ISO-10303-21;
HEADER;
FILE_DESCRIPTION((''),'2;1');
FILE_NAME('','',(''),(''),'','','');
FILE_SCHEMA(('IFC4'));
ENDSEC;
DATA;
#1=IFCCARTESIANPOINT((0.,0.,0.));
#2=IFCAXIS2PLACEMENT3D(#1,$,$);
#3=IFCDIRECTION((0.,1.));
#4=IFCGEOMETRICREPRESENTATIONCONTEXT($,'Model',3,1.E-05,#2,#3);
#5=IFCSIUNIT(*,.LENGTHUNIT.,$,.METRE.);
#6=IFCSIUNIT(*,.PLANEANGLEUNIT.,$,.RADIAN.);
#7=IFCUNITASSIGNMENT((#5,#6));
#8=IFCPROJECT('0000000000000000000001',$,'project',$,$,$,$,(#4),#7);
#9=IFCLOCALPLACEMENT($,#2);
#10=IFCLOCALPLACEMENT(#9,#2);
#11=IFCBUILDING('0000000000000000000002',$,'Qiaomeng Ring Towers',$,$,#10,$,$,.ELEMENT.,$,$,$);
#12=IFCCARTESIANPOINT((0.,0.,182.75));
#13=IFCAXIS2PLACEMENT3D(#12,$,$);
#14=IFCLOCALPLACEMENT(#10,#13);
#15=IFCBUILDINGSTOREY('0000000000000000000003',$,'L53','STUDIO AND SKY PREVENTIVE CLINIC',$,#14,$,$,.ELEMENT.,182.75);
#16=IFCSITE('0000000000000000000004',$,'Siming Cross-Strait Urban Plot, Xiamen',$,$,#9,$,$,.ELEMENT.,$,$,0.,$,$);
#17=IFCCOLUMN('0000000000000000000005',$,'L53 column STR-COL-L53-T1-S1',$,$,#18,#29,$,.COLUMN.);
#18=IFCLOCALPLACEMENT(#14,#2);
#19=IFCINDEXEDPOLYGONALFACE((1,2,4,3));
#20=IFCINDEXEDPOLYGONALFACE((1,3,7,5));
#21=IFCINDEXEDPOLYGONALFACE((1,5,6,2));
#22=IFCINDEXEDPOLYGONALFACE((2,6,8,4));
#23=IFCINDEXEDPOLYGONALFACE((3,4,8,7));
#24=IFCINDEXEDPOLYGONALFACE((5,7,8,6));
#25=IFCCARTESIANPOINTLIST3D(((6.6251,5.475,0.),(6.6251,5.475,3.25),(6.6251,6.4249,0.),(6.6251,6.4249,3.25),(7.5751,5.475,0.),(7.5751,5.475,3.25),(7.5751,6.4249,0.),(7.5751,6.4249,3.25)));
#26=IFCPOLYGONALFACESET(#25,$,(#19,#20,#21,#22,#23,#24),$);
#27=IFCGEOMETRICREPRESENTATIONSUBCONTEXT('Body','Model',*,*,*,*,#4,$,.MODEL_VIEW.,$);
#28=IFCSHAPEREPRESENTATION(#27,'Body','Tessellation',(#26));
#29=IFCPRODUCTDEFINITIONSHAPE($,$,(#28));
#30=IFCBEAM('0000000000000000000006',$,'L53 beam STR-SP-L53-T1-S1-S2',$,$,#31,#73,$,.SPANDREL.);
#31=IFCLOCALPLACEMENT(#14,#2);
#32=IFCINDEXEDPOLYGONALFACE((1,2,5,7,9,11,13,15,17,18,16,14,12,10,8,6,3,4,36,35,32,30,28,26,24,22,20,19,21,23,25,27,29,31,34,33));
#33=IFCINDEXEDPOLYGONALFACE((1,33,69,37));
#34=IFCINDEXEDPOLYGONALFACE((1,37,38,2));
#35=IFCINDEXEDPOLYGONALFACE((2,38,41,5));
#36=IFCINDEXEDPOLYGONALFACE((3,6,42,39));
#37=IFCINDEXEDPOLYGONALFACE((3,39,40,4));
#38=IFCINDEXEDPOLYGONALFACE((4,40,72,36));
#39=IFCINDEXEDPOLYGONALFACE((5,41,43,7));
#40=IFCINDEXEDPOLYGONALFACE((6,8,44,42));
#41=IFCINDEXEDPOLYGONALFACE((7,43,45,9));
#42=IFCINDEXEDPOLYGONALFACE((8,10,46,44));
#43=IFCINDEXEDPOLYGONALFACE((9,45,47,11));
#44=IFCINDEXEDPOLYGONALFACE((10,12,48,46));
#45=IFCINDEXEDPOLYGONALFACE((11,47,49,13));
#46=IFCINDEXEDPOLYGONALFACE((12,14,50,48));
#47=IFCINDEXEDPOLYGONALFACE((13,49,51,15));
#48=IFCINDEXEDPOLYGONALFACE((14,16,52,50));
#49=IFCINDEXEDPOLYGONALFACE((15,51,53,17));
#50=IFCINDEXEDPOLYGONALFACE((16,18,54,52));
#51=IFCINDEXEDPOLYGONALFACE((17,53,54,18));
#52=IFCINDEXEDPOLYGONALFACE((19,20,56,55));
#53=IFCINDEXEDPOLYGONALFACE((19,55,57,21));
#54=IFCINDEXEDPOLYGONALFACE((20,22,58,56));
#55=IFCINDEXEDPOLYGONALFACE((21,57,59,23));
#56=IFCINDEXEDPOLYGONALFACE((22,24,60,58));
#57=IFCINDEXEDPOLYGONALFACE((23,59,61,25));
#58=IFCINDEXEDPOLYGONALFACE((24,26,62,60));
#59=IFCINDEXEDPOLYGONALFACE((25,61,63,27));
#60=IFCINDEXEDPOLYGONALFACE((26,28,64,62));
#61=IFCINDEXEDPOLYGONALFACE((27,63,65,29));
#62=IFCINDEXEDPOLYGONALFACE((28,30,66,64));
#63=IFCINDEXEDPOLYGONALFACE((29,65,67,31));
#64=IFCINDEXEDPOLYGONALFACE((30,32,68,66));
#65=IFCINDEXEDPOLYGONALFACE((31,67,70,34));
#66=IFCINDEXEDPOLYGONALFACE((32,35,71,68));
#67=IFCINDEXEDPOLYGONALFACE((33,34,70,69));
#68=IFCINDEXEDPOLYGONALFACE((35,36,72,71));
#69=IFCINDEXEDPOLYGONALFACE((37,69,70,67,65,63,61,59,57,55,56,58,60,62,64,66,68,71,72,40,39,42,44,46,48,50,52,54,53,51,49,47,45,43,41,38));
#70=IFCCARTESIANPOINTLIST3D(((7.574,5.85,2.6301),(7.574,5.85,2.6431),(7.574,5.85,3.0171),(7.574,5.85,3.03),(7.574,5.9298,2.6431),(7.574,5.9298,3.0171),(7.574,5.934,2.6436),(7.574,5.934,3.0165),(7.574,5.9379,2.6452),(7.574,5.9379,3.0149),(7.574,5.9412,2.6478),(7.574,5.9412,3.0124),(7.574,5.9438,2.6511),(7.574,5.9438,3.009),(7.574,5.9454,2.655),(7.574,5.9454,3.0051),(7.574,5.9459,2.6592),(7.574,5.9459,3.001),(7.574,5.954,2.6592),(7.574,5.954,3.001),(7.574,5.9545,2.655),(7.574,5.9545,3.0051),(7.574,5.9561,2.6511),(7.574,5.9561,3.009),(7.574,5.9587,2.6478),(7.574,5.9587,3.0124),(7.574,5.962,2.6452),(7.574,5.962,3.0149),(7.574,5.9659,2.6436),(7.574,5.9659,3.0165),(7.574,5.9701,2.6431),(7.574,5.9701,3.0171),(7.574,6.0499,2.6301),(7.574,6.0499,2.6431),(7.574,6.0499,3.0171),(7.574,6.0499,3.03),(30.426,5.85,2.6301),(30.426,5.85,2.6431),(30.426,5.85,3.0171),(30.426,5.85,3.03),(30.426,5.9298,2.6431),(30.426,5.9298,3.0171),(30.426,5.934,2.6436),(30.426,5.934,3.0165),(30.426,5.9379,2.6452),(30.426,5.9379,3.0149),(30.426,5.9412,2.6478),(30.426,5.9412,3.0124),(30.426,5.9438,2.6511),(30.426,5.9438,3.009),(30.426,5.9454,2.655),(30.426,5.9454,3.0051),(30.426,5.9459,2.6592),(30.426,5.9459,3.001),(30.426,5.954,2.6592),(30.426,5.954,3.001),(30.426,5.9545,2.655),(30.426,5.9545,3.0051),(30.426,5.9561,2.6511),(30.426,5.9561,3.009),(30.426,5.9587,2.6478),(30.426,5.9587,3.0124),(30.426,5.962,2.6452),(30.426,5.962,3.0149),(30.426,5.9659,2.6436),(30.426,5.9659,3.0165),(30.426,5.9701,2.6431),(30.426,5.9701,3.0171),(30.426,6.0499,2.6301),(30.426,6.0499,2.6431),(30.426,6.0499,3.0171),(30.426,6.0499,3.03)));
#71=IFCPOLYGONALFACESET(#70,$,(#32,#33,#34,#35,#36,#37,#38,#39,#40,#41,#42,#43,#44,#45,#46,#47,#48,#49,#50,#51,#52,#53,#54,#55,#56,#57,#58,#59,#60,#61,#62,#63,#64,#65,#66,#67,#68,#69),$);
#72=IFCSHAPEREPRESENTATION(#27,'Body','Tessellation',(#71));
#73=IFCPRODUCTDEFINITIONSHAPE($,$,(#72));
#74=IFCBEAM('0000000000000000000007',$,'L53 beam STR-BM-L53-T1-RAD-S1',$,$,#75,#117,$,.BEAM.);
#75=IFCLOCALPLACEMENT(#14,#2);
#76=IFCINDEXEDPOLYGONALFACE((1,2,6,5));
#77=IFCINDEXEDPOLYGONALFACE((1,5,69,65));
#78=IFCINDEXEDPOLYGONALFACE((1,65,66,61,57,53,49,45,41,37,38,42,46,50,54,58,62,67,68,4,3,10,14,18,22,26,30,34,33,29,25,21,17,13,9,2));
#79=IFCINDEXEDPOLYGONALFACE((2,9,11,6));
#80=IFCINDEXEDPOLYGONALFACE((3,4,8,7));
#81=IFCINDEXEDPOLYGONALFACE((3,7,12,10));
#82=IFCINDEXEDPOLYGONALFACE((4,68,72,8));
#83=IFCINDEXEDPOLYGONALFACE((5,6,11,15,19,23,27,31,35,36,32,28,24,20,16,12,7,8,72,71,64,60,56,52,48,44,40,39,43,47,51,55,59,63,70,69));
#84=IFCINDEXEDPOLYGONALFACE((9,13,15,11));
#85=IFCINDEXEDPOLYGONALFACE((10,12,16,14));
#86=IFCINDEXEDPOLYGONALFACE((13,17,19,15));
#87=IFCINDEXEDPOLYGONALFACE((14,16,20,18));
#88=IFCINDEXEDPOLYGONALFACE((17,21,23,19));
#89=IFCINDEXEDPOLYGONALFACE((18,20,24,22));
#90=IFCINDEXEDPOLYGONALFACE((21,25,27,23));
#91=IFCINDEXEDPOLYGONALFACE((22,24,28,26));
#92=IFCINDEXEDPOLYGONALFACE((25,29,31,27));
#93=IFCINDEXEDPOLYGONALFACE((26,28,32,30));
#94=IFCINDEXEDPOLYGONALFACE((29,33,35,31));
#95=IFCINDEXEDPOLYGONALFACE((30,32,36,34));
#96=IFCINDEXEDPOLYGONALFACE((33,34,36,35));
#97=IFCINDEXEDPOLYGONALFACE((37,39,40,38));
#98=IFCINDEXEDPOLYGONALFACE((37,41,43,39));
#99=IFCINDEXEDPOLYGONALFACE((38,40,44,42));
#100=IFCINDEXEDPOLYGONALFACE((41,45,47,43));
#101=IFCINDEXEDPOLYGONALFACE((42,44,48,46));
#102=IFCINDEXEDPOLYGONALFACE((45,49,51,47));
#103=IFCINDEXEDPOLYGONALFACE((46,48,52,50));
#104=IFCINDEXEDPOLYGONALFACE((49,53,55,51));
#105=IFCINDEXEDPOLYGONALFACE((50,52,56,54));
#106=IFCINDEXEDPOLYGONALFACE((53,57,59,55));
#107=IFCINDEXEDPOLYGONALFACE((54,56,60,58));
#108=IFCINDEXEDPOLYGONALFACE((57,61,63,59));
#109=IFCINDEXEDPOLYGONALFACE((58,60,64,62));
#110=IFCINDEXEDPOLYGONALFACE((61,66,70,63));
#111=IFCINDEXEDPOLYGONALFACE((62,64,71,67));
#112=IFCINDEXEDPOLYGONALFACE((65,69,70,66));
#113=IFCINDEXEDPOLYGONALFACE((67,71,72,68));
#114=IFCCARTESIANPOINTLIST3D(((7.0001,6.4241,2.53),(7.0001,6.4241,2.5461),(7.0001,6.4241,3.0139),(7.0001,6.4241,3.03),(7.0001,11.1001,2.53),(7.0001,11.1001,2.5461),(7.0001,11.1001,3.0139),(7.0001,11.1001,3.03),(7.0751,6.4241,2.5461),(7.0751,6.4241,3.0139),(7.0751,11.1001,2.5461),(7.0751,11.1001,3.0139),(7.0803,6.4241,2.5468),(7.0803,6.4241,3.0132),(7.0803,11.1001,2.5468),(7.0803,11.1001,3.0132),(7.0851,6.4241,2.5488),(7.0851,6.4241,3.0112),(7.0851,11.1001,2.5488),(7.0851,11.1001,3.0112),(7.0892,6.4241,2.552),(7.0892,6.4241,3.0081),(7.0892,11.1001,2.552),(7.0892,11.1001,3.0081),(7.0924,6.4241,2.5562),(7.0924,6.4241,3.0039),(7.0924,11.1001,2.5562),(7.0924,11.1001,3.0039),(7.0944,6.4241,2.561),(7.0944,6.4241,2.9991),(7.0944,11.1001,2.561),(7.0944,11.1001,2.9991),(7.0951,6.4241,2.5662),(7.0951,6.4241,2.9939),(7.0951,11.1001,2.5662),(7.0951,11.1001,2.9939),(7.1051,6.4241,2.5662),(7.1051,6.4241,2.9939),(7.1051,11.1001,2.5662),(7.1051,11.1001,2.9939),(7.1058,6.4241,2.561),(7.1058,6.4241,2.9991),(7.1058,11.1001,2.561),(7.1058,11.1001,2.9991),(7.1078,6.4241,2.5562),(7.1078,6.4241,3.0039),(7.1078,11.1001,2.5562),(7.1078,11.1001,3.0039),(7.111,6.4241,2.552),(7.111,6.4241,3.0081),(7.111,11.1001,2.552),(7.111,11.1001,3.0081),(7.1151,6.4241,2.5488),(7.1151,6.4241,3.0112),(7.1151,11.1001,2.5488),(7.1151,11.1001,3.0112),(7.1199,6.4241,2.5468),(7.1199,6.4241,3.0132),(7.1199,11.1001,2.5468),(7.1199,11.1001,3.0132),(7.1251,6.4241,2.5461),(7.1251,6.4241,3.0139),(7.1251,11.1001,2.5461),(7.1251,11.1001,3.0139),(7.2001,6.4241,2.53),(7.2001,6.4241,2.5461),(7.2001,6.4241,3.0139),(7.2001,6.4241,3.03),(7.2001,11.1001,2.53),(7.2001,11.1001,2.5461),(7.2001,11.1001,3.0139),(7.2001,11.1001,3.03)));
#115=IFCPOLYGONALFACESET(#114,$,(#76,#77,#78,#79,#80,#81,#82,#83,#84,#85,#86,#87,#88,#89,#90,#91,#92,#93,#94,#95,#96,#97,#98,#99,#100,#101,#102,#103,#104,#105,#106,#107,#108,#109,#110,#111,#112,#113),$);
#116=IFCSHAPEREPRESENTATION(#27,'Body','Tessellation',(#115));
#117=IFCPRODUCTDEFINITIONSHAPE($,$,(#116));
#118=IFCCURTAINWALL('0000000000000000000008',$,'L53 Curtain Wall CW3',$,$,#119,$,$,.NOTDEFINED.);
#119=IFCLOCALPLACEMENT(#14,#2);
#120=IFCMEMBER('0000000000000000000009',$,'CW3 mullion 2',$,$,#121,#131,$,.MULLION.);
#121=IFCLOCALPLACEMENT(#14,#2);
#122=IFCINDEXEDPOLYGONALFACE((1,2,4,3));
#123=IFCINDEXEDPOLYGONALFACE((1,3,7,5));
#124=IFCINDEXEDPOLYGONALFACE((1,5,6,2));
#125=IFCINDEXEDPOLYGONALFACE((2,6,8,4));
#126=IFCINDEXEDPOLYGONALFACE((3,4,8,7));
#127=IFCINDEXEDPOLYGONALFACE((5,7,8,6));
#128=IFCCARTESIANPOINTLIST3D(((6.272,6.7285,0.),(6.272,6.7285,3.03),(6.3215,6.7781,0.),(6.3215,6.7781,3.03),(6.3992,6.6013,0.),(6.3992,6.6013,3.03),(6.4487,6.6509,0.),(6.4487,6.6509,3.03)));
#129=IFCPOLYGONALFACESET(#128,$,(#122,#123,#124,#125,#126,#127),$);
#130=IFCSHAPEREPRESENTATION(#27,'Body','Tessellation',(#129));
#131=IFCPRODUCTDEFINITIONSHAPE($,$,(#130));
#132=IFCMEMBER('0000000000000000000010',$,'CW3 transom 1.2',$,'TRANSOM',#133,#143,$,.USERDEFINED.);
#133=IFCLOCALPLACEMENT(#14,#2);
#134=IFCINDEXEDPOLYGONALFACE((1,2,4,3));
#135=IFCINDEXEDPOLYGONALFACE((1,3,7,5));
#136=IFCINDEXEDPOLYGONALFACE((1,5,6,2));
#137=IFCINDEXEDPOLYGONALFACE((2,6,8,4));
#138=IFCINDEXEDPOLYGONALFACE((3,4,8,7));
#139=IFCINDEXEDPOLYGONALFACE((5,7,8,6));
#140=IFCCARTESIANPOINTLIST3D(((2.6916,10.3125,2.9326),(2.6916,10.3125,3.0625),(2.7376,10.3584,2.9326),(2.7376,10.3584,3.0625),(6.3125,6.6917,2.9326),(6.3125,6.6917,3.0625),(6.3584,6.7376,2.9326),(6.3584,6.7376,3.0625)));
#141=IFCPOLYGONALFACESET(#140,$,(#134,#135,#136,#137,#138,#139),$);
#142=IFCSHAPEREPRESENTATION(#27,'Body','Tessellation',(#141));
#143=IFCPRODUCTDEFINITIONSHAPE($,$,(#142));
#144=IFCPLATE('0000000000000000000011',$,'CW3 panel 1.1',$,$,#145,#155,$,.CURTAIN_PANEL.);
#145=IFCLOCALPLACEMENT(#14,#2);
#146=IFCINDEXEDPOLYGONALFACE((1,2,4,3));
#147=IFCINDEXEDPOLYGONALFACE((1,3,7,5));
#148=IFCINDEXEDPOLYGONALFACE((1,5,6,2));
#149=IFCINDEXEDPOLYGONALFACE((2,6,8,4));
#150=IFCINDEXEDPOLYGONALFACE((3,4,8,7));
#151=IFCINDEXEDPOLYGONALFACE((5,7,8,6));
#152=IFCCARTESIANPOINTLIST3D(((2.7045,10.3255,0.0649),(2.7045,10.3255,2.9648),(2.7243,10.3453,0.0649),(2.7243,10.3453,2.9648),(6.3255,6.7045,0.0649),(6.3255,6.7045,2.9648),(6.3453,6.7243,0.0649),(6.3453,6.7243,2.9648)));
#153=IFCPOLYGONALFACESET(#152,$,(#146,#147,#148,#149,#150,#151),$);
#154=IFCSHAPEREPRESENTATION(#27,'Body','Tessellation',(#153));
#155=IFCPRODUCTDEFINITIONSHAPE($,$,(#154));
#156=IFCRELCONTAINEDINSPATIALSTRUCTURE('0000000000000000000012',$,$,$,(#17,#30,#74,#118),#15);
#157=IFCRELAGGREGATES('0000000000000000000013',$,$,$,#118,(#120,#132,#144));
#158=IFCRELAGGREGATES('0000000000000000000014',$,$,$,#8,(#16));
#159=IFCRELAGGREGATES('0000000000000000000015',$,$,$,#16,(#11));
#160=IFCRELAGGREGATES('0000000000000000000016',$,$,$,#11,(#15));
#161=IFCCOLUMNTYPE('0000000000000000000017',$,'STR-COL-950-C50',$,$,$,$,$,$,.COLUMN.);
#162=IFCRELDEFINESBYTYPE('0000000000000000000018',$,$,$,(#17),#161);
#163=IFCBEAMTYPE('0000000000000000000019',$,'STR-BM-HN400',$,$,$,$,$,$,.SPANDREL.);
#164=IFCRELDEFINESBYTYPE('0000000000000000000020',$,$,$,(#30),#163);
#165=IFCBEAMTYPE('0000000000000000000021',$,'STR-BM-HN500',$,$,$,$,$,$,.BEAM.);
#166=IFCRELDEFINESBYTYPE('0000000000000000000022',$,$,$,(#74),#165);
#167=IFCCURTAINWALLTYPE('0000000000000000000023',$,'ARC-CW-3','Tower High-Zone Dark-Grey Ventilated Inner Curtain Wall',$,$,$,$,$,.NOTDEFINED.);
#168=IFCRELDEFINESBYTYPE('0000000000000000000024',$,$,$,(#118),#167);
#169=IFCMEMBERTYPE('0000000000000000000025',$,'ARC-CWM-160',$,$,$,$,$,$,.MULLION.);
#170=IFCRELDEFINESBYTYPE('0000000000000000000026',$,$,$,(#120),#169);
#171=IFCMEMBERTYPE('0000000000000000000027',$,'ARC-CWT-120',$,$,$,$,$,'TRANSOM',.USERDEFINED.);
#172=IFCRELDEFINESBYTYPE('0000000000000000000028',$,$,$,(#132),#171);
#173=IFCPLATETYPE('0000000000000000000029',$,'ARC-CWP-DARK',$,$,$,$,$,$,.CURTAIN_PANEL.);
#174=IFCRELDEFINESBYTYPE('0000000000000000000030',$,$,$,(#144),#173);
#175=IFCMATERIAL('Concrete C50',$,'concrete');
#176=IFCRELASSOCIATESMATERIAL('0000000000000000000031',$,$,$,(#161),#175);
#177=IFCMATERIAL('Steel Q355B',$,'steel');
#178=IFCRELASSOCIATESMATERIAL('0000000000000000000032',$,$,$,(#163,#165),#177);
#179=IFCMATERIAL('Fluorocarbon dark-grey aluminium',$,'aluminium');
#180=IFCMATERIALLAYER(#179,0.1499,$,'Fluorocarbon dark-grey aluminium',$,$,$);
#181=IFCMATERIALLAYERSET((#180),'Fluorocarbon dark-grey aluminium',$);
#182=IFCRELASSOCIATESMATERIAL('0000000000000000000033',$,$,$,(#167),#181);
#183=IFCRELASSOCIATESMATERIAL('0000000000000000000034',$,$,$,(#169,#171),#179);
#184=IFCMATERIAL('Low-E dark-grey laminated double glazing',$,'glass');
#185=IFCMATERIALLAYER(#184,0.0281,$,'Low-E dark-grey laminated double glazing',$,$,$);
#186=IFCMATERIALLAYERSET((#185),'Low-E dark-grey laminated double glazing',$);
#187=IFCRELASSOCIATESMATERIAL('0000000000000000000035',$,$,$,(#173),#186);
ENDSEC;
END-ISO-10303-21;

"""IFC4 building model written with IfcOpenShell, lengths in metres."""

from ifc_helpers import new_model, si_unit, direction, frame, origin, origin_2d, place, context, subcontext, project, spatial, rectangle, i_section, extrude, source, transform, mapped, material, layer, layer_set, material_profile, profile_set, type_object, element, aggregate, save


model = new_model("IFC4")

# Units and contexts
model_context = context("Model", 3, precision=1e-05, world=origin(), true_north=direction((0.0, 1.0)))
body_context = subcontext(model_context, "Body", "Model", "MODEL_VIEW")
ifc_project = project(units=[si_unit("LENGTHUNIT", "METRE"), si_unit("PLANEANGLEUNIT", "RADIAN")], contexts=[model_context])

# Site, building, storey
site_placement = place(None, origin())
site = spatial("IfcSite", under=ifc_project, at=site_placement, Name="Siming Cross-Strait Urban Plot, Xiamen", CompositionType="ELEMENT", RefElevation=0.0)
building_placement = place(site_placement, origin())
building = spatial("IfcBuilding", under=site, at=building_placement, Name="Qiaomeng Ring Towers", CompositionType="ELEMENT")
storey_placement = place(building_placement, frame((0.0, 0.0, 182.75)))
storey = spatial("IfcBuildingStorey", under=building, at=storey_placement, Name="L53", Description="STUDIO AND SKY PREVENTIVE CLINIC", CompositionType="ELEMENT", Elevation=182.75)

# Column
ifc_material_1 = material(Name="Concrete C50", Category="concrete")
ifc_material_profile_1 = material_profile(ifc_material_1, rectangle(XDim=0.95, YDim=0.95, at=origin_2d()), Name="RC COL 950x950")
ifc_profile_set_1 = profile_set([ifc_material_profile_1], Name="Concrete C50")
column_type = type_object("IfcColumnType", Name="STR-COL-950-C50", PredefinedType="COLUMN", material=ifc_profile_set_1)
shared_shape_1 = source(origin(), body_context, "Body", "SweptSolid", [
    extrude(rectangle(XDim=0.95, YDim=0.95, at=origin_2d()), origin(), (0.0, 0.0, 1.0), 3.25),
])
column_placement = place(storey_placement, frame((7.1001, 5.95, 0.0), z_axis=(0.0, 0.0, 1.0), x_axis=(1.0, 0.0, 0.0)))
element("IfcColumn", 1, at=column_placement, inside=storey, type_object=column_type, Name="L53 column STR-COL-L53-T1-S1", PredefinedType="COLUMN", context=body_context, shape_type="MappedRepresentation", body=[
    mapped(shared_shape_1, transform((0.0, 0.0, 0.0), x_axis=(1.0, 0.0, 0.0), y_axis=(0.0, 1.0, 0.0), z_axis=(0.0, 0.0, 1.0), scale=1.0)),
])

# Beams
ifc_material_2 = material(Name="Steel Q355B", Category="steel")
ifc_material_profile_2 = material_profile(ifc_material_2, i_section(OverallWidth=0.2, OverallDepth=0.3999, WebThickness=0.0081, FlangeThickness=0.0129, FilletRadius=0.0161, at=origin_2d()), Name="HN 400x200x8x13")
ifc_profile_set_2 = profile_set([ifc_material_profile_2], Name="Steel Q355B")
beam_type_1 = type_object("IfcBeamType", Name="STR-BM-HN400", PredefinedType="SPANDREL", material=ifc_profile_set_2)
shared_shape_2 = source(origin(), body_context, "Body", "SweptSolid", [
    extrude(i_section(OverallWidth=0.2, OverallDepth=0.3999, WebThickness=0.0081, FlangeThickness=0.0129, FilletRadius=0.0161, at=origin_2d()), origin(), (0.0, 0.0, 1.0), 22.8521),
])
beam_1_placement = place(storey_placement, frame((7.574, 5.95, 2.8301), z_axis=(1.0, 0.0, 0.0), x_axis=(0.0, 1.0, 0.0)))
element("IfcBeam", 2, at=beam_1_placement, inside=storey, type_object=beam_type_1, Name="L53 beam STR-SP-L53-T1-S1-S2", PredefinedType="SPANDREL", context=body_context, shape_type="MappedRepresentation", body=[
    mapped(shared_shape_2, transform((0.0, 0.0, 0.0), x_axis=(1.0, 0.0, 0.0), y_axis=(0.0, 1.0, 0.0), z_axis=(0.0, 0.0, 1.0), scale=1.0)),
])
ifc_material_profile_3 = material_profile(ifc_material_2, i_section(OverallWidth=0.2, OverallDepth=0.5, WebThickness=0.01, FlangeThickness=0.0161, FilletRadius=0.02, at=origin_2d()), Name="HN 500x200x10x16")
ifc_profile_set_3 = profile_set([ifc_material_profile_3], Name="Steel Q355B")
beam_type_2 = type_object("IfcBeamType", Name="STR-BM-HN500", PredefinedType="BEAM", material=ifc_profile_set_3)
shared_shape_3 = source(origin(), body_context, "Body", "SweptSolid", [
    extrude(i_section(OverallWidth=0.2, OverallDepth=0.5, WebThickness=0.01, FlangeThickness=0.0161, FilletRadius=0.02, at=origin_2d()), origin(), (0.0, 0.0, 1.0), 4.676),
])
beam_2_placement = place(storey_placement, frame((7.1001, 6.4241, 2.78), z_axis=(0.0, 1.0, 0.0), x_axis=(-1.0, 0.0, 0.0)))
element("IfcBeam", 3, at=beam_2_placement, inside=storey, type_object=beam_type_2, Name="L53 beam STR-BM-L53-T1-RAD-S1", PredefinedType="BEAM", context=body_context, shape_type="MappedRepresentation", body=[
    mapped(shared_shape_3, transform((0.0, 0.0, 0.0), x_axis=(1.0, 0.0, 0.0), y_axis=(0.0, 1.0, 0.0), z_axis=(0.0, 0.0, 1.0), scale=1.0)),
])

# Curtain wall, members, plate
ifc_material_3 = material(Name="Fluorocarbon dark-grey aluminium", Category="aluminium")
ifc_layer_1 = layer(ifc_material_3, 0.1499, Name="Fluorocarbon dark-grey aluminium")
ifc_layer_set_1 = layer_set([ifc_layer_1], Name="Fluorocarbon dark-grey aluminium")
curtain_wall_type = type_object("IfcCurtainWallType", Name="ARC-CW-3", Description="Tower High-Zone Dark-Grey Ventilated Inner Curtain Wall", PredefinedType="NOTDEFINED", material=ifc_layer_set_1)
curtain_wall_placement = place(storey_placement, origin())
curtain_wall = element("IfcCurtainWall", 4, at=curtain_wall_placement, inside=storey, type_object=curtain_wall_type, Name="L53 Curtain Wall CW3", PredefinedType="NOTDEFINED")
ifc_material_profile_4 = material_profile(ifc_material_3, rectangle(XDim=0.0701, YDim=0.1799, at=origin_2d()), Name="ALU MULL 70x180")
ifc_profile_set_4 = profile_set([ifc_material_profile_4], Name="Fluorocarbon dark-grey aluminium")
member_type_1 = type_object("IfcMemberType", Name="ARC-CWM-160", PredefinedType="MULLION", material=ifc_profile_set_4)
shared_shape_4 = source(origin(), body_context, "Body", "SweptSolid", [
    extrude(rectangle(XDim=0.0701, YDim=0.1799, at=origin_2d()), origin(), (0.0, 0.0, 1.0), 3.03),
])
member_1_placement = place(storey_placement, frame((6.3604, 6.6897, 0.0), z_axis=(0.0, 0.0, 1.0), x_axis=(0.707107, 0.707107, 0.0)))
member_1 = element("IfcMember", 5, at=member_1_placement, type_object=member_type_1, Name="CW3 mullion 2", PredefinedType="MULLION", context=body_context, shape_type="MappedRepresentation", body=[
    mapped(shared_shape_4, transform((0.0, 0.0, 0.0), x_axis=(1.0, 0.0, 0.0), y_axis=(0.0, 1.0, 0.0), z_axis=(0.0, 0.0, 1.0), scale=1.0)),
])
ifc_material_profile_5 = material_profile(ifc_material_3, rectangle(XDim=0.0649, YDim=0.1299, at=origin_2d()), Name="ALU TRAN 65x130")
ifc_profile_set_5 = profile_set([ifc_material_profile_5], Name="Fluorocarbon dark-grey aluminium")
member_type_2 = type_object("IfcMemberType", Name="ARC-CWT-120", ElementType="TRANSOM", PredefinedType="USERDEFINED", material=ifc_profile_set_5)
shared_shape_5 = source(origin(), body_context, "Body", "SweptSolid", [
    extrude(rectangle(XDim=0.0649, YDim=0.1299, at=origin_2d()), origin(), (0.0, 0.0, 1.0), 5.1206),
])
member_2_placement = place(storey_placement, frame((2.7146, 10.3354, 2.9976), z_axis=(0.707107, -0.707107, 0.0), x_axis=(0.707107, 0.707107, 0.0)))
member_2 = element("IfcMember", 6, at=member_2_placement, type_object=member_type_2, Name="CW3 transom 1.2", ObjectType="TRANSOM", PredefinedType="USERDEFINED", context=body_context, shape_type="MappedRepresentation", body=[
    mapped(shared_shape_5, transform((0.0, 0.0, 0.0), x_axis=(1.0, 0.0, 0.0), y_axis=(0.0, 1.0, 0.0), z_axis=(0.0, 0.0, 1.0), scale=1.0)),
])
ifc_material_4 = material(Name="Low-E dark-grey laminated double glazing", Category="glass")
ifc_layer_2 = layer(ifc_material_4, 0.0281, Name="Low-E dark-grey laminated double glazing")
ifc_layer_set_2 = layer_set([ifc_layer_2], Name="Low-E dark-grey laminated double glazing")
plate_type = type_object("IfcPlateType", Name="ARC-CWP-DARK", PredefinedType="CURTAIN_PANEL", material=ifc_layer_set_2)
shared_shape_6 = source(origin(), body_context, "Body", "SweptSolid", [
    extrude(rectangle(XDim=5.1208, YDim=0.0281, at=origin_2d()), origin(), (0.0, 0.0, 1.0), 2.8999),
])
plate_placement = place(storey_placement, frame((4.5249, 8.5249, 0.0649), z_axis=(0.0, 0.0, 1.0), x_axis=(0.707107, -0.707107, 0.0)))
plate = element("IfcPlate", 7, at=plate_placement, type_object=plate_type, Name="CW3 panel 1.1", PredefinedType="CURTAIN_PANEL", context=body_context, shape_type="MappedRepresentation", body=[
    mapped(shared_shape_6, transform((0.0, 0.0, 0.0), x_axis=(1.0, 0.0, 0.0), y_axis=(0.0, 1.0, 0.0), z_axis=(0.0, 0.0, 1.0), scale=1.0)),
])
aggregate(curtain_wall, [member_1, member_2, plate])

save(model, "model.ifc")
